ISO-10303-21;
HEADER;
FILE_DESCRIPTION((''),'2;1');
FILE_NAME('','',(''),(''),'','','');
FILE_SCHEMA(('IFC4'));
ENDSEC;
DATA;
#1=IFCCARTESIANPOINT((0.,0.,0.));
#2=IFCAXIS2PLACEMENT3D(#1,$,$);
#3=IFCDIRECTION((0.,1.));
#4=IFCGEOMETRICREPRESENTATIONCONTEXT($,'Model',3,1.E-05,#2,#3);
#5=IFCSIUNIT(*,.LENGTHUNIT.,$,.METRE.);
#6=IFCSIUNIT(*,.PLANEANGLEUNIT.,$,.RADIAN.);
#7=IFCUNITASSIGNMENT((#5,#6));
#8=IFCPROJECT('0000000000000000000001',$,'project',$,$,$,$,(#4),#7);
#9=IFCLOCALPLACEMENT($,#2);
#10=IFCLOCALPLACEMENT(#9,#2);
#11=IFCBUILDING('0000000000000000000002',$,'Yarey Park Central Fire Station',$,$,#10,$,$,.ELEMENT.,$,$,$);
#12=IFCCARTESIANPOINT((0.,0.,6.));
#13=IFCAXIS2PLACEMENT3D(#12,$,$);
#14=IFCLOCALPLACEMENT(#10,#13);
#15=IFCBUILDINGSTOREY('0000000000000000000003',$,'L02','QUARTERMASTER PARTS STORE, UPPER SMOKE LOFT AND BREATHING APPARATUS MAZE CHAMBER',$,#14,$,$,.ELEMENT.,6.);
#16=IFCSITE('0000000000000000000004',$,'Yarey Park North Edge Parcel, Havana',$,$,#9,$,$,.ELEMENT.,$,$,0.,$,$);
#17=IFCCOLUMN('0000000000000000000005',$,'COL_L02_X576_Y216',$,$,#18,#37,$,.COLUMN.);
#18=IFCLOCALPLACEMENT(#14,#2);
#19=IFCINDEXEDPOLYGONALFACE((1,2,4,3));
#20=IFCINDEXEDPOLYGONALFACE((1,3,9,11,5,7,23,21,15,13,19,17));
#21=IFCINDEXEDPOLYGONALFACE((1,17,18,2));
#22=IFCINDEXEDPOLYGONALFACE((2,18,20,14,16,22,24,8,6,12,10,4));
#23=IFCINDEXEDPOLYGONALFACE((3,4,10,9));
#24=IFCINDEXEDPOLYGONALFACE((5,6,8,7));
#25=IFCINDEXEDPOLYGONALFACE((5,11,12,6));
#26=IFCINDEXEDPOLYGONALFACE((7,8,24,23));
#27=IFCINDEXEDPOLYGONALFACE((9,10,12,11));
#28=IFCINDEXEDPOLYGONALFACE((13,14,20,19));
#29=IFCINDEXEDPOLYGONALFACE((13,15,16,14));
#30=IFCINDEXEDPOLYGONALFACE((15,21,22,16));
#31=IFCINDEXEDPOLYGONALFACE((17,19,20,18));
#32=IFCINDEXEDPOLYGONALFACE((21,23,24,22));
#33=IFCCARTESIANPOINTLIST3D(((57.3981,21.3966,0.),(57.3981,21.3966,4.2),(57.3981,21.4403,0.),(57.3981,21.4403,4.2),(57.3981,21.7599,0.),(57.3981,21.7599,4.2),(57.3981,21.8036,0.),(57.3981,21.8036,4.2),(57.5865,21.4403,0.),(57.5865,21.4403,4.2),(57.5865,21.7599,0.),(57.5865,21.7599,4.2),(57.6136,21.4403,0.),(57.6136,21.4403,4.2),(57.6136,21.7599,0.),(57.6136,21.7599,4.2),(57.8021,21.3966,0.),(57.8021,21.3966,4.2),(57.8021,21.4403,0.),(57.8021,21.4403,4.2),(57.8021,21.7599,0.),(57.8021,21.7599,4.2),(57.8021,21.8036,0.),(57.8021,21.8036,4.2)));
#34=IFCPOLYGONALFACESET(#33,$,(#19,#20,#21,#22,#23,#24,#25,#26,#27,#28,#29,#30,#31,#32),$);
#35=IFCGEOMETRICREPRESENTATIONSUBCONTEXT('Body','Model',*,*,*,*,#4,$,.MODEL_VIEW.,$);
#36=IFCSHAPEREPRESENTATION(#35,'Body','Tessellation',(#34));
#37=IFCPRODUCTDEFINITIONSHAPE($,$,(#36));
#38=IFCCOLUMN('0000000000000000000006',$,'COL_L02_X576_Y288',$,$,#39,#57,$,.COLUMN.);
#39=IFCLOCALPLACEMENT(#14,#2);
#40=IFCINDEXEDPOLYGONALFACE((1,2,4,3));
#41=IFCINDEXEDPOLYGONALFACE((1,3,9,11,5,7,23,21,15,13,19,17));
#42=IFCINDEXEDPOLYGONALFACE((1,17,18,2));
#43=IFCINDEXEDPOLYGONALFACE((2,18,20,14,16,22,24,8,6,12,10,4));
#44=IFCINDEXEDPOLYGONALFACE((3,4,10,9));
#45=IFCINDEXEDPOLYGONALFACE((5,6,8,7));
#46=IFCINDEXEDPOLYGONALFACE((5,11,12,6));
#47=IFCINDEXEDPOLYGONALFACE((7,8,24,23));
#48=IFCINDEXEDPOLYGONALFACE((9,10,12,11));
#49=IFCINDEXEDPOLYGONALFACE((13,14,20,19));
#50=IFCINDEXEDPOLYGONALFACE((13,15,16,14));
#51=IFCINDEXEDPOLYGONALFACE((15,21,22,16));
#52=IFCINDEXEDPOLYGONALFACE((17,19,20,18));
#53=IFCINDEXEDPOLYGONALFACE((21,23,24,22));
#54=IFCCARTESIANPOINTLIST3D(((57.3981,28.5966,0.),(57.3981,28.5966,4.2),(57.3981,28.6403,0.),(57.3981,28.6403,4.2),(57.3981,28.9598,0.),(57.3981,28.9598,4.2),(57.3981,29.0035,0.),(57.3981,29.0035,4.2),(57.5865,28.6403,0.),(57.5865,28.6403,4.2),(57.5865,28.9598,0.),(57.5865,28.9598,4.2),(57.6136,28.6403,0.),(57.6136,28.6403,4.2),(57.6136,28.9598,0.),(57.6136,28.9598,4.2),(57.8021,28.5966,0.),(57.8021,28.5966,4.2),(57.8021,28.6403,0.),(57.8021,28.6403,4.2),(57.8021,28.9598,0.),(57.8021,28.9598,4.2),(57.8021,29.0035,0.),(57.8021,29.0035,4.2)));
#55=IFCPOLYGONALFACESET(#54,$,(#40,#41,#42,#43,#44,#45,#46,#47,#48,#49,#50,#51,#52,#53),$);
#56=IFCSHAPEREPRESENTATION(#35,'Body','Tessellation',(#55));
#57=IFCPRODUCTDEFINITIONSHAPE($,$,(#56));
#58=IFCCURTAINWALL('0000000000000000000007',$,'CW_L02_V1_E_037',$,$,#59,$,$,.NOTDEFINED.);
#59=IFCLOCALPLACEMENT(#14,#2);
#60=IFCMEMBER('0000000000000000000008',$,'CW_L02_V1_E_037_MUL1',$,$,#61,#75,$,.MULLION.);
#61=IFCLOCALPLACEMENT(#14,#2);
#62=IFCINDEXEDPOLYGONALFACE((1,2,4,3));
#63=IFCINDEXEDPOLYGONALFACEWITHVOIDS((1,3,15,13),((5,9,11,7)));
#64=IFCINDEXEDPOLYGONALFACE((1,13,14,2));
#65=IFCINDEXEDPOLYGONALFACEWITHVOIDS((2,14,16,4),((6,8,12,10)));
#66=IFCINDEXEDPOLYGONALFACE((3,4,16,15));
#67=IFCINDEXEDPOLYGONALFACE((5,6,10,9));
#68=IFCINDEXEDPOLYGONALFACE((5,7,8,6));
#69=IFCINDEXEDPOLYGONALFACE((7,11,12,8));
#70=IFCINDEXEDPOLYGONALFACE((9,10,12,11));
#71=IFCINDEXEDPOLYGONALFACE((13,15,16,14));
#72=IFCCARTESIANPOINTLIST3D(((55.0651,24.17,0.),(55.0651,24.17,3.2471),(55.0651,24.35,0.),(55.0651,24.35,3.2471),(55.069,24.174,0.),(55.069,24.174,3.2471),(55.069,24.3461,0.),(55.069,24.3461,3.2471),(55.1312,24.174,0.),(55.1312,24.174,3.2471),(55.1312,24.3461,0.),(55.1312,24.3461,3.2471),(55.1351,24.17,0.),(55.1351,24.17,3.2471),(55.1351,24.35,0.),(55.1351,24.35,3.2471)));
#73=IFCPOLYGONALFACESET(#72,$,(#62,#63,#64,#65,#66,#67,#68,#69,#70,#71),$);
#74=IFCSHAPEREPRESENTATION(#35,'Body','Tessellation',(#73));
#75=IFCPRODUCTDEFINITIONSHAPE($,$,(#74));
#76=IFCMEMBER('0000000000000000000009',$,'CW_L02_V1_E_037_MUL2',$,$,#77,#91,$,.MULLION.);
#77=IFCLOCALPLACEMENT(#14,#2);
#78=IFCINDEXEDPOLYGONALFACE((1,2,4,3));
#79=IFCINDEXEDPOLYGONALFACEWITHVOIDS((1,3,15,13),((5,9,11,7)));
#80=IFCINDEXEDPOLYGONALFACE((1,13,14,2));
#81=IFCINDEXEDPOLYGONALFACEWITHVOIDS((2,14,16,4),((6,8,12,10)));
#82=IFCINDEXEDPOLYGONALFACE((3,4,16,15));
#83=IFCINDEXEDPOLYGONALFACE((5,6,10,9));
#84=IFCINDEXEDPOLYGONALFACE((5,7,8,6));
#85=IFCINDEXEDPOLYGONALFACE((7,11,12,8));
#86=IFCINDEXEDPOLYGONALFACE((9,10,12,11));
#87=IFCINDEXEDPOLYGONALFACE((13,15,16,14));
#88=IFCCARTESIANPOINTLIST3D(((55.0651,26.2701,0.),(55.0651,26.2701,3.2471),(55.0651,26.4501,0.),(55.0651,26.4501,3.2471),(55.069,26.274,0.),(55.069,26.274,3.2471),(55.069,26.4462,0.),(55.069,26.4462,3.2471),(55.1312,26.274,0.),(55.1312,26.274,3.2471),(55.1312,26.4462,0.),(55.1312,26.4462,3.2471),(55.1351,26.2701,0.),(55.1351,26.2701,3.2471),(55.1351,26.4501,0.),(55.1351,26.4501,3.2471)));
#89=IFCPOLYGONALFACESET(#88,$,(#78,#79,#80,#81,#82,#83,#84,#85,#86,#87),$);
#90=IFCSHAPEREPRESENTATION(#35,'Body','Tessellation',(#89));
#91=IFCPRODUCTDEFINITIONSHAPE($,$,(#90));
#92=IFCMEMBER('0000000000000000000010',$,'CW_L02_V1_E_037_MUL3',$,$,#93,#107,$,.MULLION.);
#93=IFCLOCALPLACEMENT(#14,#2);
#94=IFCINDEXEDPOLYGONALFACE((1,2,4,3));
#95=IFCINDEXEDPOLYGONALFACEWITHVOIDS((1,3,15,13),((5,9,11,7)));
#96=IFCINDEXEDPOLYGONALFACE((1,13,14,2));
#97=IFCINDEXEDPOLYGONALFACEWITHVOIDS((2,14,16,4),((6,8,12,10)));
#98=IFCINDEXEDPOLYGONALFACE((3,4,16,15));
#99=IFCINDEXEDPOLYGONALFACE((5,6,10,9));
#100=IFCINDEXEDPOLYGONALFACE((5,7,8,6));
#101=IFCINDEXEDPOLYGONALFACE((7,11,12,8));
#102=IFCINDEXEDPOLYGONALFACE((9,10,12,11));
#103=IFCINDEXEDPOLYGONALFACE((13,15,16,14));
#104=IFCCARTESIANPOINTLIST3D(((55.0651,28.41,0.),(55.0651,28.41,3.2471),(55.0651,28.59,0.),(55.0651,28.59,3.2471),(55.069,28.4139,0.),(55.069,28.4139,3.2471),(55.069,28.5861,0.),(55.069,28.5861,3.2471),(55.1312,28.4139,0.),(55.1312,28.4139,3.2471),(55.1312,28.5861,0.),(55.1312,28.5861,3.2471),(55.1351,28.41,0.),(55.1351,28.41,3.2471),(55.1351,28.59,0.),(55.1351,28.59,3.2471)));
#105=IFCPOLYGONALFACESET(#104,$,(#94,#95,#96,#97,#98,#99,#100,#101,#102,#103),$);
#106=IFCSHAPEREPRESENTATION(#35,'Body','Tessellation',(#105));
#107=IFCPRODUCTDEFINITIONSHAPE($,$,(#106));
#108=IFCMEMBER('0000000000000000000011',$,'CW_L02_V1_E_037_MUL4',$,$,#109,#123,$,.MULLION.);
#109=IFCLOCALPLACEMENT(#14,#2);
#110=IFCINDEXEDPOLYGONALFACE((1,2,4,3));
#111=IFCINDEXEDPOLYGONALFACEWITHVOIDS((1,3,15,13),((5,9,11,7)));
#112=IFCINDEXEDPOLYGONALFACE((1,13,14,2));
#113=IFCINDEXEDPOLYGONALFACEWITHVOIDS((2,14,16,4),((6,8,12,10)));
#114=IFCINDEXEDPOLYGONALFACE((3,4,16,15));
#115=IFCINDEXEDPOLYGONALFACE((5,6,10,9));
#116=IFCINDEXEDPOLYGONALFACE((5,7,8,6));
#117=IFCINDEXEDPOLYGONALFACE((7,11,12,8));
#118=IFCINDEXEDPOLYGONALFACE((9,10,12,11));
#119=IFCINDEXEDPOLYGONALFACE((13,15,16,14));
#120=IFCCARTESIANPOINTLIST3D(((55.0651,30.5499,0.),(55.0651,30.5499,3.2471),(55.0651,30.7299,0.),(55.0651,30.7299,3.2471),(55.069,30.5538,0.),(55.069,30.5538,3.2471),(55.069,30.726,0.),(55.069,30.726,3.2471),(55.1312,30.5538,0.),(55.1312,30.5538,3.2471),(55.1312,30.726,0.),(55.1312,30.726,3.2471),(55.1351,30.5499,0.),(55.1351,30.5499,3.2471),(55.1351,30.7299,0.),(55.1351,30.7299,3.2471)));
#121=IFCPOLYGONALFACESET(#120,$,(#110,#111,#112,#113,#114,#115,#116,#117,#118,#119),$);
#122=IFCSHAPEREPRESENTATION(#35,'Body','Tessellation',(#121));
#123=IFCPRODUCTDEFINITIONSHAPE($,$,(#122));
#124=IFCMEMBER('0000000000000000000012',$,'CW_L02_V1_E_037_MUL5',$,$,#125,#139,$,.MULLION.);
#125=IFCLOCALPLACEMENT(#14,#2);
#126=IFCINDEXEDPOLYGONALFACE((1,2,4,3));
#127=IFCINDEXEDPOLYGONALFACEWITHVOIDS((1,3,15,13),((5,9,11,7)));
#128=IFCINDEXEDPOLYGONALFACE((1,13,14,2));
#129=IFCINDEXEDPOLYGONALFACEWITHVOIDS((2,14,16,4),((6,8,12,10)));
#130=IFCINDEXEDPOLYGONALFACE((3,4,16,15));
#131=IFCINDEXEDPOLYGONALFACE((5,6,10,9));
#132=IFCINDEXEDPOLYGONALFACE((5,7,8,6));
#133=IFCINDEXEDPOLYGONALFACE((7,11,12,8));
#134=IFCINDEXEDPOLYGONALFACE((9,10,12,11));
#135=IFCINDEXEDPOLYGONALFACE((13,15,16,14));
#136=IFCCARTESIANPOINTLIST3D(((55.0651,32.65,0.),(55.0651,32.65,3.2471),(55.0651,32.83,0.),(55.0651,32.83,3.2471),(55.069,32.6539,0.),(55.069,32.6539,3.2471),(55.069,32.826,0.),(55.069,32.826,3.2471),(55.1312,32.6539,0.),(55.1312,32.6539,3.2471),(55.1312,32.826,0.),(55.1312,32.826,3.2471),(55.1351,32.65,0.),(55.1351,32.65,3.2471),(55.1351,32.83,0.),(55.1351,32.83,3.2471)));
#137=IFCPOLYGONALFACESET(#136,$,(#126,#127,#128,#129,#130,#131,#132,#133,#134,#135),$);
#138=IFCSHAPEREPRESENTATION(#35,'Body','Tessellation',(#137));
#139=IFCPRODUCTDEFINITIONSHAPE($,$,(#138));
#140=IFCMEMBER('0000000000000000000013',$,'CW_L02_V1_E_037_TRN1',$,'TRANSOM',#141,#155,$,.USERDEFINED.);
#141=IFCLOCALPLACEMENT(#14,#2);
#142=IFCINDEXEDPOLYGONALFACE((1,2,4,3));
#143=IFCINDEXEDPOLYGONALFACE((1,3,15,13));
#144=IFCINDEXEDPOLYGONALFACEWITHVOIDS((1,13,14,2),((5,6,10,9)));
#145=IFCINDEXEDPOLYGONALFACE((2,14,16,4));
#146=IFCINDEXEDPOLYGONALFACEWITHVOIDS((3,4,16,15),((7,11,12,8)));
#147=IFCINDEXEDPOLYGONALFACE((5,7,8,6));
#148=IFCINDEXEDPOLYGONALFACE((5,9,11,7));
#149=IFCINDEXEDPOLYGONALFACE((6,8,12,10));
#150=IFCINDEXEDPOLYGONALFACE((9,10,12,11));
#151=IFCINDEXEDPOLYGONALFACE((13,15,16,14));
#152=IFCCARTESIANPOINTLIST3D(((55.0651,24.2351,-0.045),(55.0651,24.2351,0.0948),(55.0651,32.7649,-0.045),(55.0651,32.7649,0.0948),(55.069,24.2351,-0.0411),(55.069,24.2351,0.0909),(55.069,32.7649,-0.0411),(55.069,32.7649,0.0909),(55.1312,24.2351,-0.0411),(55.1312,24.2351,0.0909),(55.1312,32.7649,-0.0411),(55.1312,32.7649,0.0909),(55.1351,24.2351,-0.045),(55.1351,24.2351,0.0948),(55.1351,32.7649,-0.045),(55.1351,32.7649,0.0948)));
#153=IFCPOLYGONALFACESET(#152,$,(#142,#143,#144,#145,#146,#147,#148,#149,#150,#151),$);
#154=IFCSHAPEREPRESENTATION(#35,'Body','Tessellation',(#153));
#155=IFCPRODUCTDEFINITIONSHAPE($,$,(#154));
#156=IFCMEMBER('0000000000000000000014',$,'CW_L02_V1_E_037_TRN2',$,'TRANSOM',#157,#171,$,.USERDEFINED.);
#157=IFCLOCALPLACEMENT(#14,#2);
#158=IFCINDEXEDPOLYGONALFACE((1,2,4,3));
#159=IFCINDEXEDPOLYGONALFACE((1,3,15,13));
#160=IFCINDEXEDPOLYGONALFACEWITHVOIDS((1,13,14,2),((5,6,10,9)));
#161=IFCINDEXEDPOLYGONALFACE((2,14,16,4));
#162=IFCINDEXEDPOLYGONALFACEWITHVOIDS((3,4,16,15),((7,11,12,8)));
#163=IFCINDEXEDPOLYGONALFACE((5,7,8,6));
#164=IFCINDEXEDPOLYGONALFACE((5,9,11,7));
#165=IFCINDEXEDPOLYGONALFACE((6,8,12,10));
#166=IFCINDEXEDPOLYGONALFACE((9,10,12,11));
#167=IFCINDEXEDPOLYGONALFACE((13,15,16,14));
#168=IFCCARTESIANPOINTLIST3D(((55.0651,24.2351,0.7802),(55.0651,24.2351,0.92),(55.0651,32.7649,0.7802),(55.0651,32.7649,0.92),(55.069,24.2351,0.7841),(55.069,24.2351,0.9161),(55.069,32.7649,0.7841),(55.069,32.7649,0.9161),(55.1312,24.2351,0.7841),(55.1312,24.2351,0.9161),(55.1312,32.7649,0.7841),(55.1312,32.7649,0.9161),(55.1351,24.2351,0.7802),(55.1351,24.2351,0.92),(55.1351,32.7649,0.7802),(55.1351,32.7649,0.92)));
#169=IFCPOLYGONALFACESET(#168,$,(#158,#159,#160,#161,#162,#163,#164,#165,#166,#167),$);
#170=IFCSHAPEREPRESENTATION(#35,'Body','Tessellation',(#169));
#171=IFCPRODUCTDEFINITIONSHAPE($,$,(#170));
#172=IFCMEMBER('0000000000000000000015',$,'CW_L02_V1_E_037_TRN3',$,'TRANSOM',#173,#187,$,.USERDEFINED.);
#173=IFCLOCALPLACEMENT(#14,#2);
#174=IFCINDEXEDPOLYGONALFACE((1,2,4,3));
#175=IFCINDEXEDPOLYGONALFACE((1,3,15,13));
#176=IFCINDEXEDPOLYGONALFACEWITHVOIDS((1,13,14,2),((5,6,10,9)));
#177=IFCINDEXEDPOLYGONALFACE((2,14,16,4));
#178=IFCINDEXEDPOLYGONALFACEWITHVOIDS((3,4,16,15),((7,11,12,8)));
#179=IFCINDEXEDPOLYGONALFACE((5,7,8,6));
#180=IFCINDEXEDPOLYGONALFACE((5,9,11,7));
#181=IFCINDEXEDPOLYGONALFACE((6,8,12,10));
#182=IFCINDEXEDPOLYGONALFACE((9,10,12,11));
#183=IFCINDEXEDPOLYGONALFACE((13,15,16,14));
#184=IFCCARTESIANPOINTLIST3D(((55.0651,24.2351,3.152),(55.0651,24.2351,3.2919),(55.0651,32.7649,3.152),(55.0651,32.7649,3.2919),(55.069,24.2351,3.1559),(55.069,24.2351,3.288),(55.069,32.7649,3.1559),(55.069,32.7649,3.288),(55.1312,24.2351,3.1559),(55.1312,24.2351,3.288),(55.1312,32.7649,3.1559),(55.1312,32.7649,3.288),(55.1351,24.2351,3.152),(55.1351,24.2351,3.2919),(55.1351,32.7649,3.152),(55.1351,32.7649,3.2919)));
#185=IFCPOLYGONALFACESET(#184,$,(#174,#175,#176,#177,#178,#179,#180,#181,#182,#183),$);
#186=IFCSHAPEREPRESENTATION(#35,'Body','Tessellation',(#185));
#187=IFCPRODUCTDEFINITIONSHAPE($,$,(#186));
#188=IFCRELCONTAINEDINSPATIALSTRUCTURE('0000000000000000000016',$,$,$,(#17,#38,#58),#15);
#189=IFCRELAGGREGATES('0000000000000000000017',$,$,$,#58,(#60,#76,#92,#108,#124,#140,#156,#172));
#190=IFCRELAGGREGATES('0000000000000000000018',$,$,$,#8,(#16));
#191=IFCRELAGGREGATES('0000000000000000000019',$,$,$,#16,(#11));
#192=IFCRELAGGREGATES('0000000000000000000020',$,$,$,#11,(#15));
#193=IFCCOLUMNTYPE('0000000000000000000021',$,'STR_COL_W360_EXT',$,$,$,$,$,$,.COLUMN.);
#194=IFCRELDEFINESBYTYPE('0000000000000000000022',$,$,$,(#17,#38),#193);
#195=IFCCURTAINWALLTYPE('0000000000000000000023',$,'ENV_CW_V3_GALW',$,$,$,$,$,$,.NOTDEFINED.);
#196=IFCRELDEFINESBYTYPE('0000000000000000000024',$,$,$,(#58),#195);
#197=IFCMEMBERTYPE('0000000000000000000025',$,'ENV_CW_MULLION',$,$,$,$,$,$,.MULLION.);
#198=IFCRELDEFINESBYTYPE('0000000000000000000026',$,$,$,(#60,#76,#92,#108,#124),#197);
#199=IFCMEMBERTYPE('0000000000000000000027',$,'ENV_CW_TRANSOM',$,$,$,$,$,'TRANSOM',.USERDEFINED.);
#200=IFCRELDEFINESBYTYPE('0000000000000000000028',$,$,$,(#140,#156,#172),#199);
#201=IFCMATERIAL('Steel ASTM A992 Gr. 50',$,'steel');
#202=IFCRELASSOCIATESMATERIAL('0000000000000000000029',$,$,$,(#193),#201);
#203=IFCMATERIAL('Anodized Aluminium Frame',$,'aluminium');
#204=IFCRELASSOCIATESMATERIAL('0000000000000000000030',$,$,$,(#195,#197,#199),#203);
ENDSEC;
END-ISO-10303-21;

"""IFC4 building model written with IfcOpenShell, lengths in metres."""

from ifc_helpers import new_model, si_unit, direction, frame, origin, origin_2d, place, context, subcontext, project, spatial, hollow_rectangle, i_section, extrude, material, material_profile, profile_set, type_object, element, aggregate, save


model = new_model("IFC4")

# Units and contexts
model_context = context("Model", 3, precision=1e-05, world=origin(), true_north=direction((0.0, 1.0)))
body_context = subcontext(model_context, "Body", "Model", "MODEL_VIEW")
ifc_project = project(units=[si_unit("LENGTHUNIT", "METRE"), si_unit("PLANEANGLEUNIT", "RADIAN")], contexts=[model_context])

# Site, building, storey
site_placement = place(None, origin())
site = spatial("IfcSite", under=ifc_project, at=site_placement, Name="Yarey Park North Edge Parcel, Havana", CompositionType="ELEMENT", RefElevation=0.0)
building_placement = place(site_placement, origin())
building = spatial("IfcBuilding", under=site, at=building_placement, Name="Yarey Park Central Fire Station", CompositionType="ELEMENT")
storey_placement = place(building_placement, frame((0.0, 0.0, 6.0)))
storey = spatial("IfcBuildingStorey", under=building, at=storey_placement, Name="L02", Description="QUARTERMASTER PARTS STORE, UPPER SMOKE LOFT AND BREATHING APPARATUS MAZE CHAMBER", CompositionType="ELEMENT", Elevation=6.0)

# Columns
ifc_material_1 = material(Name="Steel ASTM A992 Gr. 50", Category="steel")
ifc_material_profile_1 = material_profile(ifc_material_1, i_section(OverallWidth=0.4041, OverallDepth=0.407, WebThickness=0.0271, FlangeThickness=0.0437, at=origin_2d()), Name="W360x347")
ifc_profile_set_1 = profile_set([ifc_material_profile_1], Name="Steel ASTM A992 Gr. 50")
column_type = type_object("IfcColumnType", Name="STR_COL_W360_EXT", PredefinedType="COLUMN", material=ifc_profile_set_1)
for number, where, z_axis, x_axis, name in (
    (1, (57.6001, 21.6001, 0.0), (0.0, 0.0, 1.0), (1.0, 0.0, 0.0), "COL_L02_X576_Y216"),
    (2, (57.6001, 28.8, 0.0), (0.0, 0.0, 1.0), (1.0, 0.0, 0.0), "COL_L02_X576_Y288"),
):
    element("IfcColumn", number, at=place(storey_placement, frame(where, z_axis=z_axis, x_axis=x_axis)), inside=storey, type_object=column_type, Name=name, PredefinedType="COLUMN", context=body_context, shape_type="SweptSolid", body=[
        extrude(i_section(OverallWidth=0.4041, OverallDepth=0.407, WebThickness=0.0271, FlangeThickness=0.0437, at=origin_2d()), origin(), (0.0, 0.0, 1.0), 4.2),
    ])

# Curtain wall, members
ifc_material_2 = material(Name="Anodized Aluminium Frame", Category="aluminium")
curtain_wall_type = type_object("IfcCurtainWallType", Name="ENV_CW_V3_GALW", PredefinedType="NOTDEFINED", material=ifc_material_2)
curtain_wall_1_placement = place(storey_placement, origin())
curtain_wall_1 = element("IfcCurtainWall", 3, at=curtain_wall_1_placement, inside=storey, type_object=curtain_wall_type, Name="CW_L02_V1_E_037", PredefinedType="NOTDEFINED")
ifc_material_profile_2 = material_profile(ifc_material_2, hollow_rectangle(XDim=0.0701, YDim=0.1799, WallThickness=0.0039, at=origin_2d()), Name="ALU 180x70x4")
ifc_profile_set_2 = profile_set([ifc_material_profile_2], Name="Anodized Aluminium Frame")
member_type_1 = type_object("IfcMemberType", Name="ENV_CW_MULLION", PredefinedType="MULLION", material=ifc_profile_set_2)
member_1_placement = place(storey_placement, frame((55.1001, 24.26, 0.0), z_axis=(0.0, 0.0, 1.0), x_axis=(1.0, 0.0, 0.0)))
member_1 = element("IfcMember", 4, at=member_1_placement, type_object=member_type_1, Name="CW_L02_V1_E_037_MUL1", PredefinedType="MULLION", context=body_context, shape_type="SweptSolid", body=[
    extrude(hollow_rectangle(XDim=0.0701, YDim=0.1799, WallThickness=0.0039, at=origin_2d()), origin(), (0.0, 0.0, 1.0), 3.2471),
])
member_2_placement = place(storey_placement, frame((55.1001, 26.3601, 0.0), z_axis=(0.0, 0.0, 1.0), x_axis=(1.0, 0.0, 0.0)))
member_2 = element("IfcMember", 5, at=member_2_placement, type_object=member_type_1, Name="CW_L02_V1_E_037_MUL2", PredefinedType="MULLION", context=body_context, shape_type="SweptSolid", body=[
    extrude(hollow_rectangle(XDim=0.0701, YDim=0.1799, WallThickness=0.0039, at=origin_2d()), origin(), (0.0, 0.0, 1.0), 3.2471),
])
member_3_placement = place(storey_placement, frame((55.1001, 28.5, 0.0), z_axis=(0.0, 0.0, 1.0), x_axis=(1.0, 0.0, 0.0)))
member_3 = element("IfcMember", 6, at=member_3_placement, type_object=member_type_1, Name="CW_L02_V1_E_037_MUL3", PredefinedType="MULLION", context=body_context, shape_type="SweptSolid", body=[
    extrude(hollow_rectangle(XDim=0.0701, YDim=0.1799, WallThickness=0.0039, at=origin_2d()), origin(), (0.0, 0.0, 1.0), 3.2471),
])
member_4_placement = place(storey_placement, frame((55.1001, 30.6399, 0.0), z_axis=(0.0, 0.0, 1.0), x_axis=(1.0, 0.0, 0.0)))
member_4 = element("IfcMember", 7, at=member_4_placement, type_object=member_type_1, Name="CW_L02_V1_E_037_MUL4", PredefinedType="MULLION", context=body_context, shape_type="SweptSolid", body=[
    extrude(hollow_rectangle(XDim=0.0701, YDim=0.1799, WallThickness=0.0039, at=origin_2d()), origin(), (0.0, 0.0, 1.0), 3.2471),
])
member_5_placement = place(storey_placement, frame((55.1001, 32.74, 0.0), z_axis=(0.0, 0.0, 1.0), x_axis=(1.0, 0.0, 0.0)))
member_5 = element("IfcMember", 8, at=member_5_placement, type_object=member_type_1, Name="CW_L02_V1_E_037_MUL5", PredefinedType="MULLION", context=body_context, shape_type="SweptSolid", body=[
    extrude(hollow_rectangle(XDim=0.0701, YDim=0.1799, WallThickness=0.0039, at=origin_2d()), origin(), (0.0, 0.0, 1.0), 3.2471),
])
ifc_material_profile_3 = material_profile(ifc_material_2, hollow_rectangle(XDim=0.0701, YDim=0.1399, WallThickness=0.0039, at=origin_2d()), Name="ALU 140x70x4")
ifc_profile_set_3 = profile_set([ifc_material_profile_3], Name="Anodized Aluminium Frame")
member_type_2 = type_object("IfcMemberType", Name="ENV_CW_TRANSOM", ElementType="TRANSOM", PredefinedType="USERDEFINED", material=ifc_profile_set_3)
member_6_placement = place(storey_placement, frame((55.1001, 24.2351, 0.0249), z_axis=(0.0, 1.0, 0.0), x_axis=(-1.0, 0.0, 0.0)))
member_6 = element("IfcMember", 9, at=member_6_placement, type_object=member_type_2, Name="CW_L02_V1_E_037_TRN1", ObjectType="TRANSOM", PredefinedType="USERDEFINED", context=body_context, shape_type="SweptSolid", body=[
    extrude(hollow_rectangle(XDim=0.0701, YDim=0.1399, WallThickness=0.0039, at=origin_2d()), origin(), (0.0, 0.0, 1.0), 8.5298),
])
member_7_placement = place(storey_placement, frame((55.1001, 24.2351, 0.8501), z_axis=(0.0, 1.0, 0.0), x_axis=(-1.0, 0.0, 0.0)))
member_7 = element("IfcMember", 10, at=member_7_placement, type_object=member_type_2, Name="CW_L02_V1_E_037_TRN2", ObjectType="TRANSOM", PredefinedType="USERDEFINED", context=body_context, shape_type="SweptSolid", body=[
    extrude(hollow_rectangle(XDim=0.0701, YDim=0.1399, WallThickness=0.0039, at=origin_2d()), origin(), (0.0, 0.0, 1.0), 8.5298),
])
member_8_placement = place(storey_placement, frame((55.1001, 24.2351, 3.2219), z_axis=(0.0, 1.0, 0.0), x_axis=(-1.0, 0.0, 0.0)))
member_8 = element("IfcMember", 11, at=member_8_placement, type_object=member_type_2, Name="CW_L02_V1_E_037_TRN3", ObjectType="TRANSOM", PredefinedType="USERDEFINED", context=body_context, shape_type="SweptSolid", body=[
    extrude(hollow_rectangle(XDim=0.0701, YDim=0.1399, WallThickness=0.0039, at=origin_2d()), origin(), (0.0, 0.0, 1.0), 8.5298),
])

aggregate(curtain_wall_1, [member_1, member_2, member_3, member_4, member_5, member_6, member_7, member_8])

save(model, "model.ifc")
